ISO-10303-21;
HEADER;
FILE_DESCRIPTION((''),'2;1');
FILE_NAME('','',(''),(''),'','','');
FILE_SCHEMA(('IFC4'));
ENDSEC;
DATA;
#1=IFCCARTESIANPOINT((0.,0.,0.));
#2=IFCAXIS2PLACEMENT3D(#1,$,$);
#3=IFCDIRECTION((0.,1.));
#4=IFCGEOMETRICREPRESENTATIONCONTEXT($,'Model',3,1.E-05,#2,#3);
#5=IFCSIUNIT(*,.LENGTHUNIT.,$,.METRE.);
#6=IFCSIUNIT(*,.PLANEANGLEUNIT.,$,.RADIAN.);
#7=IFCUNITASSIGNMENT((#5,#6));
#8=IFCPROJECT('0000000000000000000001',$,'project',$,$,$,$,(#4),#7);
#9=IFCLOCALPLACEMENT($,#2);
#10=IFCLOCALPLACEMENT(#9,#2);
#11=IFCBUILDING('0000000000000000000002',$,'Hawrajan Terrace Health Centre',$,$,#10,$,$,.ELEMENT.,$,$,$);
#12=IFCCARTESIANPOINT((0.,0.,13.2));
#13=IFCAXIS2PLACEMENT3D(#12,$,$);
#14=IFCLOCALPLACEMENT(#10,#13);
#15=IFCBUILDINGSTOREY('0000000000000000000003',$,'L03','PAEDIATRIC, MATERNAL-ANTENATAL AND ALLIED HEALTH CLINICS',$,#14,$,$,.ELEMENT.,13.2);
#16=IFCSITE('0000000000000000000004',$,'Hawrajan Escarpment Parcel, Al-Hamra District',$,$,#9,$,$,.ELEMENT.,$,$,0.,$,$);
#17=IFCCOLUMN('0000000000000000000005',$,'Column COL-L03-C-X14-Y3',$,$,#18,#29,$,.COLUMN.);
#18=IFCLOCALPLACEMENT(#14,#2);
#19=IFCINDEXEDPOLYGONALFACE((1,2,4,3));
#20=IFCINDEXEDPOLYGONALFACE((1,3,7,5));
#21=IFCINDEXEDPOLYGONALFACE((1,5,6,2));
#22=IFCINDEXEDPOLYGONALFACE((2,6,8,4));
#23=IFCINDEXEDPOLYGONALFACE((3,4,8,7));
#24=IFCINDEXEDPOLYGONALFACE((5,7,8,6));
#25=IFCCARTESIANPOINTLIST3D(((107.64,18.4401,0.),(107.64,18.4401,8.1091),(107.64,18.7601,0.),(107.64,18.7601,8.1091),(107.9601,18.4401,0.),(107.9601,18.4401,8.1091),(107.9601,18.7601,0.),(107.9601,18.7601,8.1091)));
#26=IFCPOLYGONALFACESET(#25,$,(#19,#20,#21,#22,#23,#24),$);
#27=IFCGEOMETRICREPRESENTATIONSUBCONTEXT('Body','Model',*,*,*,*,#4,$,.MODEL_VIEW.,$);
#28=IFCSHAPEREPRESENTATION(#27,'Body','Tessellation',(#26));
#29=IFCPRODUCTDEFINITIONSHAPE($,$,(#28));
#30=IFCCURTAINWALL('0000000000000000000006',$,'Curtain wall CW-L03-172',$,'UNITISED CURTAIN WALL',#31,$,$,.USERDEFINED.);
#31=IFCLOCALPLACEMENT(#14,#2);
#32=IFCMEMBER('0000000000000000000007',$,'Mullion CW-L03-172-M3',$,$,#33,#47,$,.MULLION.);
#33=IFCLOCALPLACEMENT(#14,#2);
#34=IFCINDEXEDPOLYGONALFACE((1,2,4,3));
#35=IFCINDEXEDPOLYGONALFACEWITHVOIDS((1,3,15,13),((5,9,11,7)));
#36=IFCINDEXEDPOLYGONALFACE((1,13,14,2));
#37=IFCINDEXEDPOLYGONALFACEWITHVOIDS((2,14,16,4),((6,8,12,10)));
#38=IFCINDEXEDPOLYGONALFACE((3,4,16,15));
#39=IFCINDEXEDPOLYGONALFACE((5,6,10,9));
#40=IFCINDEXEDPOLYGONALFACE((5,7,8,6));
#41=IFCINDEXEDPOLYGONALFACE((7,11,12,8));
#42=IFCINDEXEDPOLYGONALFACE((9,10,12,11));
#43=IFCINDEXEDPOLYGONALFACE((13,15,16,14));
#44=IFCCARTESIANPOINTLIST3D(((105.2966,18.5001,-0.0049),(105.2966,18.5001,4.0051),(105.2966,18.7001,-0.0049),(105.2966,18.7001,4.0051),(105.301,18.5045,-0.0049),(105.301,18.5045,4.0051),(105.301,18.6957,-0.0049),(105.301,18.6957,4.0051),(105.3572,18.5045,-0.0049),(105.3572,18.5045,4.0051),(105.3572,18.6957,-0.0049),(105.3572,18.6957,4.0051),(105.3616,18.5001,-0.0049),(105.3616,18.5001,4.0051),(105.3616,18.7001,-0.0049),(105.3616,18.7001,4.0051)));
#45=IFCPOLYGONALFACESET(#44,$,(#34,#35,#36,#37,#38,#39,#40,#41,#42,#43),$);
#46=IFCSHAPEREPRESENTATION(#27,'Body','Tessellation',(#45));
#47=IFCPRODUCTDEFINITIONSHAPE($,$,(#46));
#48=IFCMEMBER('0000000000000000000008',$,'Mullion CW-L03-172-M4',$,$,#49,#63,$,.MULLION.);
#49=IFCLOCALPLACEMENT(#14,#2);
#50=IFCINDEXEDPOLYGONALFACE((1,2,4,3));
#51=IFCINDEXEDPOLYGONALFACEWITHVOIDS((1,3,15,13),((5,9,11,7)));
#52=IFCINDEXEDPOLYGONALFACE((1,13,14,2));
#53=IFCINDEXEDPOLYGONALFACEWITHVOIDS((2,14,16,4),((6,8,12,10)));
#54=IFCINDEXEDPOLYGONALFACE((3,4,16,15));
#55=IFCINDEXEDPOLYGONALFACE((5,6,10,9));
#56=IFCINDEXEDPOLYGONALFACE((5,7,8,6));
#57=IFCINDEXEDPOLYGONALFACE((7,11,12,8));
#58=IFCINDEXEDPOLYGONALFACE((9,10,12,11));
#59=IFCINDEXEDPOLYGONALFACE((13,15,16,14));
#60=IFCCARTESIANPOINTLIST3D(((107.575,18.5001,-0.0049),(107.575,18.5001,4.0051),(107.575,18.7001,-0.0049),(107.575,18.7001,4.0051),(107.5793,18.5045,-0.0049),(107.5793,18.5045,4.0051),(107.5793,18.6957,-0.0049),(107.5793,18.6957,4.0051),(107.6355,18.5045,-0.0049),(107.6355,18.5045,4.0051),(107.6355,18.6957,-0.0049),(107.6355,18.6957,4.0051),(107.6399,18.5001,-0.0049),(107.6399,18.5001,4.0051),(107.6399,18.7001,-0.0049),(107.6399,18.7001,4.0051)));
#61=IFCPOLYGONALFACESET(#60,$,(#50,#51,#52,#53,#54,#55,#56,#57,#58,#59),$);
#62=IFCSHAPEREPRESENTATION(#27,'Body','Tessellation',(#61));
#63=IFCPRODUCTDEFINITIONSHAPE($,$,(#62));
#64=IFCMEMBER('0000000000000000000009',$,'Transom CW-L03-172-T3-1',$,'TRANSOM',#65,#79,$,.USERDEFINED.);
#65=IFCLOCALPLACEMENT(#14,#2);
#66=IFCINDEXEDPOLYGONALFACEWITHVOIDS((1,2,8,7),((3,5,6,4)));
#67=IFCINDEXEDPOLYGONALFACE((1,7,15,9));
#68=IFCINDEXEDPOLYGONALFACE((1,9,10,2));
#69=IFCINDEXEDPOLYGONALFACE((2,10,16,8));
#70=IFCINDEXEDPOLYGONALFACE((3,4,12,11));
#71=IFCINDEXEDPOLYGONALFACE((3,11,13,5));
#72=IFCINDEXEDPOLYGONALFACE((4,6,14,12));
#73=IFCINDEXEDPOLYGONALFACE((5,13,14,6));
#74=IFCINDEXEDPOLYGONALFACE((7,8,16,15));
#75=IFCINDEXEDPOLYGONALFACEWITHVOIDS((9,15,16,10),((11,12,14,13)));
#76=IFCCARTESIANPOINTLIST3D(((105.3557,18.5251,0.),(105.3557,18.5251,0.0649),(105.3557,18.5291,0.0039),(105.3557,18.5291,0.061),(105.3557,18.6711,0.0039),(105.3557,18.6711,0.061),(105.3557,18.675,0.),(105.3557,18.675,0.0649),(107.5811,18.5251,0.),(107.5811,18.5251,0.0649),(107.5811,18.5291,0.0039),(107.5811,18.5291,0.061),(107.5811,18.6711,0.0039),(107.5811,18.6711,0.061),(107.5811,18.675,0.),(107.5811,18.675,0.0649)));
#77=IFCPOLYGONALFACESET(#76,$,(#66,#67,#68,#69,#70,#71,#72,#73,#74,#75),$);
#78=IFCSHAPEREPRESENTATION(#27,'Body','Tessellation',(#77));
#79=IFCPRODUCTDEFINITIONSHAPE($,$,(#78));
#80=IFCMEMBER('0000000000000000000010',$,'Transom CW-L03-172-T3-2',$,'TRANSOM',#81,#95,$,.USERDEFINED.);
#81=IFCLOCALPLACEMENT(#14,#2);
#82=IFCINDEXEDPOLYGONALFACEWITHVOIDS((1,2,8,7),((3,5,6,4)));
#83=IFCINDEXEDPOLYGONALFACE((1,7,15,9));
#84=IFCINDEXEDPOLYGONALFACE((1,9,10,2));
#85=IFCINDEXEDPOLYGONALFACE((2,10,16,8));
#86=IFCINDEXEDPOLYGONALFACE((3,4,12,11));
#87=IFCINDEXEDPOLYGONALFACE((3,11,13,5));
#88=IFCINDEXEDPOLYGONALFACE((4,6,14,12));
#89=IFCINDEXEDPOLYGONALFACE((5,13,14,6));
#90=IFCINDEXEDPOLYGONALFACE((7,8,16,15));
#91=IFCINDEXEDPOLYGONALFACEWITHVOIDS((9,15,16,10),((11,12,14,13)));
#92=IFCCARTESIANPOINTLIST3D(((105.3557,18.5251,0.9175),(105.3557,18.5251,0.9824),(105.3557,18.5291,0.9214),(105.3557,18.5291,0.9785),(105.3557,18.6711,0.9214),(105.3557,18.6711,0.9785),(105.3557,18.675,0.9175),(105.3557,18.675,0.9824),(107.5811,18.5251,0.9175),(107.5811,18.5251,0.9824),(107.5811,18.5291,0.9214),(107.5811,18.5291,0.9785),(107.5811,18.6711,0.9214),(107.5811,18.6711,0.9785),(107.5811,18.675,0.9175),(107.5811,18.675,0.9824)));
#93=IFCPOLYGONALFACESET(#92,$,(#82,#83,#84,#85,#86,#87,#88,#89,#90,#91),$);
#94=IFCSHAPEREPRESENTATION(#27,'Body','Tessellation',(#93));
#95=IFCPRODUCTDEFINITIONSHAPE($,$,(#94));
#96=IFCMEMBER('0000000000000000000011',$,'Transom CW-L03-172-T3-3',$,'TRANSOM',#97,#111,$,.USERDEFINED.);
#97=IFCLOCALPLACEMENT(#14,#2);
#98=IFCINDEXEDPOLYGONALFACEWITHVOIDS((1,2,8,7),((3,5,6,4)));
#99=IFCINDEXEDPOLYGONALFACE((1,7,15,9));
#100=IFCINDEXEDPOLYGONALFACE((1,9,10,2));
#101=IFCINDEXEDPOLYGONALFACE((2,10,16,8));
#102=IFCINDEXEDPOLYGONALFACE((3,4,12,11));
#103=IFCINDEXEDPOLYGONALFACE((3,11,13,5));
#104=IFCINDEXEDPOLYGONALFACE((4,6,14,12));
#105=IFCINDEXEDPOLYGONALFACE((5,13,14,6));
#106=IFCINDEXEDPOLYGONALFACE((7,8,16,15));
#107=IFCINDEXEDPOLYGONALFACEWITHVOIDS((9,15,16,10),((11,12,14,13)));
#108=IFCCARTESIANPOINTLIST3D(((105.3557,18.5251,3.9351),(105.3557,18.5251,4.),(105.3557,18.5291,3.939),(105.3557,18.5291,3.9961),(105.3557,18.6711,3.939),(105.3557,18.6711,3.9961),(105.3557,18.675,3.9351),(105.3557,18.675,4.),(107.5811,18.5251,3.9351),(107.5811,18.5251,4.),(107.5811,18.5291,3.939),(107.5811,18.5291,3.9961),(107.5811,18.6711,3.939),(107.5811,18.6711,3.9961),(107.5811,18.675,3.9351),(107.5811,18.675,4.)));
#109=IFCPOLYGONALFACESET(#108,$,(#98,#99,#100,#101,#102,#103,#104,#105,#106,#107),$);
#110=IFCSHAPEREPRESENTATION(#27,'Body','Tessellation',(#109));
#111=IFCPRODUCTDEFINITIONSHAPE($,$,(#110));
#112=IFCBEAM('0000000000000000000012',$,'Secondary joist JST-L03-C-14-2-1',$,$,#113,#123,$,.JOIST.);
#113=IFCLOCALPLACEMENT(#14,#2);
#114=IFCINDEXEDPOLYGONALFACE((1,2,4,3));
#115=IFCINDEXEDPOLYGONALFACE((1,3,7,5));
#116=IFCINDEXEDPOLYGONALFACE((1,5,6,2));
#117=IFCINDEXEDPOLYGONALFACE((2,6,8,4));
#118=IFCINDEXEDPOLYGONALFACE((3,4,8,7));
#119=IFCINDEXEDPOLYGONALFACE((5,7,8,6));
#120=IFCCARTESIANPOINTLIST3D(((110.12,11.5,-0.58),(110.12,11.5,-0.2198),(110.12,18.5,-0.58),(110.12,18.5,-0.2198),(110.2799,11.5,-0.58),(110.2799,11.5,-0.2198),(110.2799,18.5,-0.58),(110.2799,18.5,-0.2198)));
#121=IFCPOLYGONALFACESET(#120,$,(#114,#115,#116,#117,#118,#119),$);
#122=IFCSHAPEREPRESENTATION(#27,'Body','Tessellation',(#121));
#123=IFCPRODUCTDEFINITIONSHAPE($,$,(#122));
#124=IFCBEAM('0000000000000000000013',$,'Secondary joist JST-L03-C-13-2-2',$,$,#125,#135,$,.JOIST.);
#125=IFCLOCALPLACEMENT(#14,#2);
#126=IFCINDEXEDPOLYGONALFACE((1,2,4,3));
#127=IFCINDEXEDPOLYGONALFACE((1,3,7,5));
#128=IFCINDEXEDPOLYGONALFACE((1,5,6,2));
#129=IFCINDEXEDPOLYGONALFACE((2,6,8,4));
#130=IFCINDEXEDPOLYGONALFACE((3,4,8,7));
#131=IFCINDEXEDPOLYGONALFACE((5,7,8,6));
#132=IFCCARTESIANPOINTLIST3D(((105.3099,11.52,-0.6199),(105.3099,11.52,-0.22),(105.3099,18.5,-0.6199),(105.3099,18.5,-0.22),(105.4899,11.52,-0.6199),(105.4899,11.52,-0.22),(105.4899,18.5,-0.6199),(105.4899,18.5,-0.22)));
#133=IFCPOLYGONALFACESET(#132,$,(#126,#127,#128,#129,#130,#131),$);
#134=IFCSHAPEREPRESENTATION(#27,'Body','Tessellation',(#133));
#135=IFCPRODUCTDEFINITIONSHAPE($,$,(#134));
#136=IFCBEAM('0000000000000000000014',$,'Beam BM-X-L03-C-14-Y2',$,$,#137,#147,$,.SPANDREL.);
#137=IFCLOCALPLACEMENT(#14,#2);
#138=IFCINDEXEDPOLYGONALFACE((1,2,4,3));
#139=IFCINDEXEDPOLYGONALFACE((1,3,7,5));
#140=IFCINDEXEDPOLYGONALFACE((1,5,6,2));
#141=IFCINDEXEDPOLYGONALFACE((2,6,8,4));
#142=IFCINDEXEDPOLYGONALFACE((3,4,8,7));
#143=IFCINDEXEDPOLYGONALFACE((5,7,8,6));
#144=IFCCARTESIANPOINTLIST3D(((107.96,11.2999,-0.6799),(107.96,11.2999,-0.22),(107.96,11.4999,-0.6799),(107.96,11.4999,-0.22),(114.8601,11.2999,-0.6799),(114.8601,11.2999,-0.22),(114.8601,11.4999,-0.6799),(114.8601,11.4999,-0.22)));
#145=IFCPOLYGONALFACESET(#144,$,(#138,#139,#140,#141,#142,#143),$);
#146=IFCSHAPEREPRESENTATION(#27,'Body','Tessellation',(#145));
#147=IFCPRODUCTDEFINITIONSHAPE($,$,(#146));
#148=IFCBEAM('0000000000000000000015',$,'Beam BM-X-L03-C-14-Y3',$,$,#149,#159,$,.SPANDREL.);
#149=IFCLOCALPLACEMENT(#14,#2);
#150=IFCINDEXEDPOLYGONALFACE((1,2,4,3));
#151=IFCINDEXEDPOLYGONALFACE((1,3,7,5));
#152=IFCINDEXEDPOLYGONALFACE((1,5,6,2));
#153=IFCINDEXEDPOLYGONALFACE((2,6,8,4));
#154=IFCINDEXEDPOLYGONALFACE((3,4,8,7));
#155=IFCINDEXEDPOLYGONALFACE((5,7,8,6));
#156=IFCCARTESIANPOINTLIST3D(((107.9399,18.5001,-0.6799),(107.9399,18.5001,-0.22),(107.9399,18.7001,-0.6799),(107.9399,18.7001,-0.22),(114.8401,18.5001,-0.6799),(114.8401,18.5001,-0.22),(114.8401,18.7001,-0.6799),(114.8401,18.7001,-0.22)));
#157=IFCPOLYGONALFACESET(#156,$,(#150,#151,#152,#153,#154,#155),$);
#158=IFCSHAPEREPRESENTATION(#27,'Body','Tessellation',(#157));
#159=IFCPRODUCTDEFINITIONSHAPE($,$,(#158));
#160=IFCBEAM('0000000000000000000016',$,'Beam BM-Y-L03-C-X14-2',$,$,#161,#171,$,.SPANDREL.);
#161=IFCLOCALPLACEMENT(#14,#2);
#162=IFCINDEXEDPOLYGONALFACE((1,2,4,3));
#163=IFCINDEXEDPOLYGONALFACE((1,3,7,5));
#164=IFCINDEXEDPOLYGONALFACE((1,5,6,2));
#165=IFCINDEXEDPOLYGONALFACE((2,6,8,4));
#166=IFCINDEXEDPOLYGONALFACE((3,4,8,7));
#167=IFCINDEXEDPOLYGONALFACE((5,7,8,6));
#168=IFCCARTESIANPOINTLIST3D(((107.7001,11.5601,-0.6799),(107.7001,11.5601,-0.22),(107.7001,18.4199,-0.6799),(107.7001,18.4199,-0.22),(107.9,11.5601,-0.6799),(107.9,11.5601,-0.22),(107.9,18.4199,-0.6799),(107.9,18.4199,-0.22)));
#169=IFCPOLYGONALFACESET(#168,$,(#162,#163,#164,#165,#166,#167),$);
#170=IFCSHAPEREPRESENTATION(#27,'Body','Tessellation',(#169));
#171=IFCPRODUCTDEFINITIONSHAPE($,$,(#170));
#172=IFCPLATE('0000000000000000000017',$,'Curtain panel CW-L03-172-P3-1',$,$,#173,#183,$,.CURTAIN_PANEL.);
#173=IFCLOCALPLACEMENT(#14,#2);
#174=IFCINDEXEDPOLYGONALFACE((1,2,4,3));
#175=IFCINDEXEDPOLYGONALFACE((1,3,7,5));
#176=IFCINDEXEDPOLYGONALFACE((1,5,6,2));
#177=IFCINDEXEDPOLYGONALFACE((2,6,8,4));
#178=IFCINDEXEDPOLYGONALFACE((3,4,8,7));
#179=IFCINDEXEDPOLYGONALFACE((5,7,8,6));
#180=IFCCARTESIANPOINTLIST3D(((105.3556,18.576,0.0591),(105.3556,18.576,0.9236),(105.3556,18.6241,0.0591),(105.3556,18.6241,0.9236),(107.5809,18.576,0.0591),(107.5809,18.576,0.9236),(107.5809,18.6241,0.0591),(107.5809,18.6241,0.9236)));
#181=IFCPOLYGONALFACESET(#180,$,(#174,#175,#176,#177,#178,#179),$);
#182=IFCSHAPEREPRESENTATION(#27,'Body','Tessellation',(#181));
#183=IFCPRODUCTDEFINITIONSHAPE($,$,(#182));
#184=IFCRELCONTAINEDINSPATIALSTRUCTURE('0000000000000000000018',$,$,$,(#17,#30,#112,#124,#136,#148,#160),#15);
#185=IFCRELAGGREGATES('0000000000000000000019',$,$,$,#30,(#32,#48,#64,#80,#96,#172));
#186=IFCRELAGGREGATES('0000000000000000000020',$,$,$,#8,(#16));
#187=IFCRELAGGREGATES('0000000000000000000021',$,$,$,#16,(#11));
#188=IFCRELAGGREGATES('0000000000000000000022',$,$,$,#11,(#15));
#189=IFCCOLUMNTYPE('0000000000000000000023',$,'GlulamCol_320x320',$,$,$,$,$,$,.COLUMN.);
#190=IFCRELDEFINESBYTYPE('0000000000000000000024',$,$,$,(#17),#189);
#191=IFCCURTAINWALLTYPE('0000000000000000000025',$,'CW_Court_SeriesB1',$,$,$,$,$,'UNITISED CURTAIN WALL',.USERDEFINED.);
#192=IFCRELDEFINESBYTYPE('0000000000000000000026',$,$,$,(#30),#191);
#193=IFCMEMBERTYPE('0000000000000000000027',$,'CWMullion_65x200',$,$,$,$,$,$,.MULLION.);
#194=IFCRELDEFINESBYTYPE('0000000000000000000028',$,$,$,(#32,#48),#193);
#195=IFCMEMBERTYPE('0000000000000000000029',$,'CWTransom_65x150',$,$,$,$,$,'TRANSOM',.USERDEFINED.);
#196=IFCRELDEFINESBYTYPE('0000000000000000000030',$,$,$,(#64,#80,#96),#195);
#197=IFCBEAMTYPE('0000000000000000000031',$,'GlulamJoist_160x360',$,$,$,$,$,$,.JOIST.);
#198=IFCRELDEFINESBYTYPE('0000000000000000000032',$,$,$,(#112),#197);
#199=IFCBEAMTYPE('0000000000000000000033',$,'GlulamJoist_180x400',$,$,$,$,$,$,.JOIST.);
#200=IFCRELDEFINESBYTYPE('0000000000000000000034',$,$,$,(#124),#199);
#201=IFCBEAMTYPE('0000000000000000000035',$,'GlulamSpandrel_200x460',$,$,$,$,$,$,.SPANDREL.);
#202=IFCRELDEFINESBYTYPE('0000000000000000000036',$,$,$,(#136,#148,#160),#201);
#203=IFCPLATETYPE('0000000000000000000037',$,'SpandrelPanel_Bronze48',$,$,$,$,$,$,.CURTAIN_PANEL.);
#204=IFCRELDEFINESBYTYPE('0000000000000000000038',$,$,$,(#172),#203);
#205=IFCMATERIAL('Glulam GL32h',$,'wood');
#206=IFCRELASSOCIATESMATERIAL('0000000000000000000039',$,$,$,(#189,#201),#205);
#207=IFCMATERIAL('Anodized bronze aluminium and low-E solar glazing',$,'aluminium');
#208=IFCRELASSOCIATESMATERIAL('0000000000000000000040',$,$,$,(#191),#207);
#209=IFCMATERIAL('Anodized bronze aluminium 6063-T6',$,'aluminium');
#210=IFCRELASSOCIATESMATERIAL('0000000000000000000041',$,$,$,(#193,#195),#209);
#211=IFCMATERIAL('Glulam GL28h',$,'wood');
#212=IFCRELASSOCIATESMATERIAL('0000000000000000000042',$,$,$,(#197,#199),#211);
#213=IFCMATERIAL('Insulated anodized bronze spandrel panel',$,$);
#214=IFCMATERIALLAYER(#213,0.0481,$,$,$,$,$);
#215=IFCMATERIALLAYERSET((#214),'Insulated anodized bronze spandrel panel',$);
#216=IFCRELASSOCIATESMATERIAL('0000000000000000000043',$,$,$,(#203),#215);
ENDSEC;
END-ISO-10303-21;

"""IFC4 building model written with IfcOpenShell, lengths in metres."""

from ifc_helpers import new_model, si_unit, direction, frame, origin, origin_2d, place, context, subcontext, project, spatial, rectangle, hollow_rectangle, extrude, material, layer, layer_set, material_profile, profile_set, type_object, element, aggregate, save


model = new_model("IFC4")

# Units and contexts
model_context = context("Model", 3, precision=1e-05, world=origin(), true_north=direction((0.0, 1.0)))
body_context = subcontext(model_context, "Body", "Model", "MODEL_VIEW")
ifc_project = project(units=[si_unit("LENGTHUNIT", "METRE"), si_unit("PLANEANGLEUNIT", "RADIAN")], contexts=[model_context])

# Site, building, storey
site_placement = place(None, origin())
site = spatial("IfcSite", under=ifc_project, at=site_placement, Name="Hawrajan Escarpment Parcel, Al-Hamra District", CompositionType="ELEMENT", RefElevation=0.0)
building_placement = place(site_placement, origin())
building = spatial("IfcBuilding", under=site, at=building_placement, Name="Hawrajan Terrace Health Centre", CompositionType="ELEMENT")
storey_placement = place(building_placement, frame((0.0, 0.0, 13.2)))
storey = spatial("IfcBuildingStorey", under=building, at=storey_placement, Name="L03", Description="PAEDIATRIC, MATERNAL-ANTENATAL AND ALLIED HEALTH CLINICS", CompositionType="ELEMENT", Elevation=13.2)

# Column
ifc_material_1 = material(Name="Glulam GL32h", Category="wood")
ifc_material_profile_1 = material_profile(ifc_material_1, rectangle(XDim=0.3201, YDim=0.3201, at=origin_2d()), Name="GL 320x320")
ifc_profile_set_1 = profile_set([ifc_material_profile_1], Name="Glulam GL32h")
column_type = type_object("IfcColumnType", Name="GlulamCol_320x320", PredefinedType="COLUMN", material=ifc_profile_set_1)
column_placement = place(storey_placement, frame((107.8, 18.6001, 0.0), z_axis=(0.0, 0.0, 1.0), x_axis=(1.0, 0.0, 0.0)))
element("IfcColumn", 1, at=column_placement, inside=storey, type_object=column_type, Name="Column COL-L03-C-X14-Y3", PredefinedType="COLUMN", context=body_context, shape_type="SweptSolid", body=[
    extrude(rectangle(XDim=0.3201, YDim=0.3201, at=origin_2d()), origin(), (0.0, 0.0, 1.0), 8.1091),
])

# Curtain wall, members
ifc_material_2 = material(Name="Anodized bronze aluminium and low-E solar glazing", Category="aluminium")
curtain_wall_type = type_object("IfcCurtainWallType", Name="CW_Court_SeriesB1", ElementType="UNITISED CURTAIN WALL", PredefinedType="USERDEFINED", material=ifc_material_2)
curtain_wall_placement = place(storey_placement, origin())
curtain_wall = element("IfcCurtainWall", 2, at=curtain_wall_placement, inside=storey, type_object=curtain_wall_type, Name="Curtain wall CW-L03-172", ObjectType="UNITISED CURTAIN WALL", PredefinedType="USERDEFINED")
ifc_material_3 = material(Name="Anodized bronze aluminium 6063-T6", Category="aluminium")
ifc_material_profile_2 = material_profile(ifc_material_3, hollow_rectangle(XDim=0.0649, YDim=0.2, WallThickness=0.0044, at=origin_2d()), Name="CW MUL 65x200")
ifc_profile_set_2 = profile_set([ifc_material_profile_2], Name="Anodized bronze aluminium 6063-T6")
member_type_1 = type_object("IfcMemberType", Name="CWMullion_65x200", PredefinedType="MULLION", material=ifc_profile_set_2)
member_1_placement = place(storey_placement, frame((105.3291, 18.6001, -0.0049), z_axis=(0.0, 0.0, 1.0), x_axis=(1.0, 0.0, 0.0)))
member_1 = element("IfcMember", 3, at=member_1_placement, type_object=member_type_1, Name="Mullion CW-L03-172-M3", PredefinedType="MULLION", context=body_context, shape_type="SweptSolid", body=[
    extrude(hollow_rectangle(XDim=0.0649, YDim=0.2, WallThickness=0.0044, at=origin_2d()), origin(), (0.0, 0.0, 1.0), 4.01),
])
member_2_placement = place(storey_placement, frame((107.6074, 18.6001, -0.0049), z_axis=(0.0, 0.0, 1.0), x_axis=(1.0, 0.0, 0.0)))
member_2 = element("IfcMember", 4, at=member_2_placement, type_object=member_type_1, Name="Mullion CW-L03-172-M4", PredefinedType="MULLION", context=body_context, shape_type="SweptSolid", body=[
    extrude(hollow_rectangle(XDim=0.0649, YDim=0.2, WallThickness=0.0044, at=origin_2d()), origin(), (0.0, 0.0, 1.0), 4.01),
])
ifc_material_profile_3 = material_profile(ifc_material_3, hollow_rectangle(XDim=0.0649, YDim=0.1499, WallThickness=0.0039, at=origin_2d()), Name="CW TRN 65x150")
ifc_profile_set_3 = profile_set([ifc_material_profile_3], Name="Anodized bronze aluminium 6063-T6")
member_type_2 = type_object("IfcMemberType", Name="CWTransom_65x150", ElementType="TRANSOM", PredefinedType="USERDEFINED", material=ifc_profile_set_3)
member_3_placement = place(storey_placement, frame((105.3557, 18.6001, 0.0325), z_axis=(1.0, 0.0, 0.0), x_axis=(0.0, 0.0, 1.0)))
member_3 = element("IfcMember", 5, at=member_3_placement, type_object=member_type_2, Name="Transom CW-L03-172-T3-1", ObjectType="TRANSOM", PredefinedType="USERDEFINED", context=body_context, shape_type="SweptSolid", body=[
    extrude(hollow_rectangle(XDim=0.0649, YDim=0.1499, WallThickness=0.0039, at=origin_2d()), origin(), (0.0, 0.0, 1.0), 2.2253),
])
member_4_placement = place(storey_placement, frame((105.3557, 18.6001, 0.95), z_axis=(1.0, 0.0, 0.0), x_axis=(0.0, 0.0, 1.0)))
member_4 = element("IfcMember", 6, at=member_4_placement, type_object=member_type_2, Name="Transom CW-L03-172-T3-2", ObjectType="TRANSOM", PredefinedType="USERDEFINED", context=body_context, shape_type="SweptSolid", body=[
    extrude(hollow_rectangle(XDim=0.0649, YDim=0.1499, WallThickness=0.0039, at=origin_2d()), origin(), (0.0, 0.0, 1.0), 2.2253),
])
member_5_placement = place(storey_placement, frame((105.3557, 18.6001, 3.9675), z_axis=(1.0, 0.0, 0.0), x_axis=(0.0, 0.0, 1.0)))
member_5 = element("IfcMember", 7, at=member_5_placement, type_object=member_type_2, Name="Transom CW-L03-172-T3-3", ObjectType="TRANSOM", PredefinedType="USERDEFINED", context=body_context, shape_type="SweptSolid", body=[
    extrude(hollow_rectangle(XDim=0.0649, YDim=0.1499, WallThickness=0.0039, at=origin_2d()), origin(), (0.0, 0.0, 1.0), 2.2253),
])

# Beams
ifc_material_4 = material(Name="Glulam GL28h", Category="wood")
ifc_material_profile_4 = material_profile(ifc_material_4, rectangle(XDim=0.1599, YDim=0.3601, at=origin_2d()), Name="GL JST 160x360")
ifc_profile_set_4 = profile_set([ifc_material_profile_4], Name="Glulam GL28h")
beam_type_1 = type_object("IfcBeamType", Name="GlulamJoist_160x360", PredefinedType="JOIST", material=ifc_profile_set_4)
beam_1_placement = place(storey_placement, frame((110.2, 11.5, -0.3999), z_axis=(0.0, 1.0, 0.0), x_axis=(-1.0, 0.0, 0.0)))
element("IfcBeam", 8, at=beam_1_placement, inside=storey, type_object=beam_type_1, Name="Secondary joist JST-L03-C-14-2-1", PredefinedType="JOIST", context=body_context, shape_type="SweptSolid", body=[
    extrude(rectangle(XDim=0.1599, YDim=0.3601, at=origin_2d()), origin(), (0.0, 0.0, 1.0), 7.0),
])
ifc_material_profile_5 = material_profile(ifc_material_4, rectangle(XDim=0.1799, YDim=0.3999, at=origin_2d()), Name="GL JST 180x400")
ifc_profile_set_5 = profile_set([ifc_material_profile_5], Name="Glulam GL28h")
beam_type_2 = type_object("IfcBeamType", Name="GlulamJoist_180x400", PredefinedType="JOIST", material=ifc_profile_set_5)
beam_2_placement = place(storey_placement, frame((105.3999, 11.52, -0.4199), z_axis=(0.0, 1.0, 0.0), x_axis=(-1.0, 0.0, 0.0)))
element("IfcBeam", 9, at=beam_2_placement, inside=storey, type_object=beam_type_2, Name="Secondary joist JST-L03-C-13-2-2", PredefinedType="JOIST", context=body_context, shape_type="SweptSolid", body=[
    extrude(rectangle(XDim=0.1799, YDim=0.3999, at=origin_2d()), origin(), (0.0, 0.0, 1.0), 6.98),
])
ifc_material_profile_6 = material_profile(ifc_material_1, rectangle(XDim=0.2, YDim=0.46, at=origin_2d()), Name="GL SP 200x460")
ifc_profile_set_6 = profile_set([ifc_material_profile_6], Name="Glulam GL32h")
beam_type_3 = type_object("IfcBeamType", Name="GlulamSpandrel_200x460", PredefinedType="SPANDREL", material=ifc_profile_set_6)
for number, where, z_axis, x_axis, name in (
    (10, (107.96, 11.3999, -0.45), (1.0, 0.0, 0.0), (0.0, 1.0, 0.0), "Beam BM-X-L03-C-14-Y2"),
    (11, (107.9399, 18.6001, -0.45), (1.0, 0.0, 0.0), (0.0, 1.0, 0.0), "Beam BM-X-L03-C-14-Y3"),
):
    element("IfcBeam", number, at=place(storey_placement, frame(where, z_axis=z_axis, x_axis=x_axis)), inside=storey, type_object=beam_type_3, Name=name, PredefinedType="SPANDREL", context=body_context, shape_type="SweptSolid", body=[
        extrude(rectangle(XDim=0.2, YDim=0.46, at=origin_2d()), origin(), (0.0, 0.0, 1.0), 6.9001),
    ])
beam_3_placement = place(storey_placement, frame((107.8, 11.5601, -0.45), z_axis=(0.0, 1.0, 0.0), x_axis=(-1.0, 0.0, 0.0)))
element("IfcBeam", 12, at=beam_3_placement, inside=storey, type_object=beam_type_3, Name="Beam BM-Y-L03-C-X14-2", PredefinedType="SPANDREL", context=body_context, shape_type="SweptSolid", body=[
    extrude(rectangle(XDim=0.2, YDim=0.46, at=origin_2d()), origin(), (0.0, 0.0, 1.0), 6.8599),
])

# Plate
ifc_material_5 = material(Name="Insulated anodized bronze spandrel panel")
ifc_layer_1 = layer(ifc_material_5, 0.0481)
ifc_layer_set_1 = layer_set([ifc_layer_1], Name="Insulated anodized bronze spandrel panel")
plate_type_1 = type_object("IfcPlateType", Name="SpandrelPanel_Bronze48", PredefinedType="CURTAIN_PANEL", material=ifc_layer_set_1)
plate_1_placement = place(storey_placement, frame((106.4683, 18.6001, 0.0591), z_axis=(0.0, 0.0, 1.0), x_axis=(1.0, 0.0, 0.0)))
plate_1 = element("IfcPlate", 13, at=plate_1_placement, type_object=plate_type_1, Name="Curtain panel CW-L03-172-P3-1", PredefinedType="CURTAIN_PANEL", context=body_context, shape_type="SweptSolid", body=[
    extrude(rectangle(XDim=2.2253, YDim=0.0481, at=origin_2d()), origin(), (0.0, 0.0, 1.0), 0.8645),
])
aggregate(curtain_wall, [member_1, member_2, member_3, member_4, member_5, plate_1])

save(model, "model.ifc")
